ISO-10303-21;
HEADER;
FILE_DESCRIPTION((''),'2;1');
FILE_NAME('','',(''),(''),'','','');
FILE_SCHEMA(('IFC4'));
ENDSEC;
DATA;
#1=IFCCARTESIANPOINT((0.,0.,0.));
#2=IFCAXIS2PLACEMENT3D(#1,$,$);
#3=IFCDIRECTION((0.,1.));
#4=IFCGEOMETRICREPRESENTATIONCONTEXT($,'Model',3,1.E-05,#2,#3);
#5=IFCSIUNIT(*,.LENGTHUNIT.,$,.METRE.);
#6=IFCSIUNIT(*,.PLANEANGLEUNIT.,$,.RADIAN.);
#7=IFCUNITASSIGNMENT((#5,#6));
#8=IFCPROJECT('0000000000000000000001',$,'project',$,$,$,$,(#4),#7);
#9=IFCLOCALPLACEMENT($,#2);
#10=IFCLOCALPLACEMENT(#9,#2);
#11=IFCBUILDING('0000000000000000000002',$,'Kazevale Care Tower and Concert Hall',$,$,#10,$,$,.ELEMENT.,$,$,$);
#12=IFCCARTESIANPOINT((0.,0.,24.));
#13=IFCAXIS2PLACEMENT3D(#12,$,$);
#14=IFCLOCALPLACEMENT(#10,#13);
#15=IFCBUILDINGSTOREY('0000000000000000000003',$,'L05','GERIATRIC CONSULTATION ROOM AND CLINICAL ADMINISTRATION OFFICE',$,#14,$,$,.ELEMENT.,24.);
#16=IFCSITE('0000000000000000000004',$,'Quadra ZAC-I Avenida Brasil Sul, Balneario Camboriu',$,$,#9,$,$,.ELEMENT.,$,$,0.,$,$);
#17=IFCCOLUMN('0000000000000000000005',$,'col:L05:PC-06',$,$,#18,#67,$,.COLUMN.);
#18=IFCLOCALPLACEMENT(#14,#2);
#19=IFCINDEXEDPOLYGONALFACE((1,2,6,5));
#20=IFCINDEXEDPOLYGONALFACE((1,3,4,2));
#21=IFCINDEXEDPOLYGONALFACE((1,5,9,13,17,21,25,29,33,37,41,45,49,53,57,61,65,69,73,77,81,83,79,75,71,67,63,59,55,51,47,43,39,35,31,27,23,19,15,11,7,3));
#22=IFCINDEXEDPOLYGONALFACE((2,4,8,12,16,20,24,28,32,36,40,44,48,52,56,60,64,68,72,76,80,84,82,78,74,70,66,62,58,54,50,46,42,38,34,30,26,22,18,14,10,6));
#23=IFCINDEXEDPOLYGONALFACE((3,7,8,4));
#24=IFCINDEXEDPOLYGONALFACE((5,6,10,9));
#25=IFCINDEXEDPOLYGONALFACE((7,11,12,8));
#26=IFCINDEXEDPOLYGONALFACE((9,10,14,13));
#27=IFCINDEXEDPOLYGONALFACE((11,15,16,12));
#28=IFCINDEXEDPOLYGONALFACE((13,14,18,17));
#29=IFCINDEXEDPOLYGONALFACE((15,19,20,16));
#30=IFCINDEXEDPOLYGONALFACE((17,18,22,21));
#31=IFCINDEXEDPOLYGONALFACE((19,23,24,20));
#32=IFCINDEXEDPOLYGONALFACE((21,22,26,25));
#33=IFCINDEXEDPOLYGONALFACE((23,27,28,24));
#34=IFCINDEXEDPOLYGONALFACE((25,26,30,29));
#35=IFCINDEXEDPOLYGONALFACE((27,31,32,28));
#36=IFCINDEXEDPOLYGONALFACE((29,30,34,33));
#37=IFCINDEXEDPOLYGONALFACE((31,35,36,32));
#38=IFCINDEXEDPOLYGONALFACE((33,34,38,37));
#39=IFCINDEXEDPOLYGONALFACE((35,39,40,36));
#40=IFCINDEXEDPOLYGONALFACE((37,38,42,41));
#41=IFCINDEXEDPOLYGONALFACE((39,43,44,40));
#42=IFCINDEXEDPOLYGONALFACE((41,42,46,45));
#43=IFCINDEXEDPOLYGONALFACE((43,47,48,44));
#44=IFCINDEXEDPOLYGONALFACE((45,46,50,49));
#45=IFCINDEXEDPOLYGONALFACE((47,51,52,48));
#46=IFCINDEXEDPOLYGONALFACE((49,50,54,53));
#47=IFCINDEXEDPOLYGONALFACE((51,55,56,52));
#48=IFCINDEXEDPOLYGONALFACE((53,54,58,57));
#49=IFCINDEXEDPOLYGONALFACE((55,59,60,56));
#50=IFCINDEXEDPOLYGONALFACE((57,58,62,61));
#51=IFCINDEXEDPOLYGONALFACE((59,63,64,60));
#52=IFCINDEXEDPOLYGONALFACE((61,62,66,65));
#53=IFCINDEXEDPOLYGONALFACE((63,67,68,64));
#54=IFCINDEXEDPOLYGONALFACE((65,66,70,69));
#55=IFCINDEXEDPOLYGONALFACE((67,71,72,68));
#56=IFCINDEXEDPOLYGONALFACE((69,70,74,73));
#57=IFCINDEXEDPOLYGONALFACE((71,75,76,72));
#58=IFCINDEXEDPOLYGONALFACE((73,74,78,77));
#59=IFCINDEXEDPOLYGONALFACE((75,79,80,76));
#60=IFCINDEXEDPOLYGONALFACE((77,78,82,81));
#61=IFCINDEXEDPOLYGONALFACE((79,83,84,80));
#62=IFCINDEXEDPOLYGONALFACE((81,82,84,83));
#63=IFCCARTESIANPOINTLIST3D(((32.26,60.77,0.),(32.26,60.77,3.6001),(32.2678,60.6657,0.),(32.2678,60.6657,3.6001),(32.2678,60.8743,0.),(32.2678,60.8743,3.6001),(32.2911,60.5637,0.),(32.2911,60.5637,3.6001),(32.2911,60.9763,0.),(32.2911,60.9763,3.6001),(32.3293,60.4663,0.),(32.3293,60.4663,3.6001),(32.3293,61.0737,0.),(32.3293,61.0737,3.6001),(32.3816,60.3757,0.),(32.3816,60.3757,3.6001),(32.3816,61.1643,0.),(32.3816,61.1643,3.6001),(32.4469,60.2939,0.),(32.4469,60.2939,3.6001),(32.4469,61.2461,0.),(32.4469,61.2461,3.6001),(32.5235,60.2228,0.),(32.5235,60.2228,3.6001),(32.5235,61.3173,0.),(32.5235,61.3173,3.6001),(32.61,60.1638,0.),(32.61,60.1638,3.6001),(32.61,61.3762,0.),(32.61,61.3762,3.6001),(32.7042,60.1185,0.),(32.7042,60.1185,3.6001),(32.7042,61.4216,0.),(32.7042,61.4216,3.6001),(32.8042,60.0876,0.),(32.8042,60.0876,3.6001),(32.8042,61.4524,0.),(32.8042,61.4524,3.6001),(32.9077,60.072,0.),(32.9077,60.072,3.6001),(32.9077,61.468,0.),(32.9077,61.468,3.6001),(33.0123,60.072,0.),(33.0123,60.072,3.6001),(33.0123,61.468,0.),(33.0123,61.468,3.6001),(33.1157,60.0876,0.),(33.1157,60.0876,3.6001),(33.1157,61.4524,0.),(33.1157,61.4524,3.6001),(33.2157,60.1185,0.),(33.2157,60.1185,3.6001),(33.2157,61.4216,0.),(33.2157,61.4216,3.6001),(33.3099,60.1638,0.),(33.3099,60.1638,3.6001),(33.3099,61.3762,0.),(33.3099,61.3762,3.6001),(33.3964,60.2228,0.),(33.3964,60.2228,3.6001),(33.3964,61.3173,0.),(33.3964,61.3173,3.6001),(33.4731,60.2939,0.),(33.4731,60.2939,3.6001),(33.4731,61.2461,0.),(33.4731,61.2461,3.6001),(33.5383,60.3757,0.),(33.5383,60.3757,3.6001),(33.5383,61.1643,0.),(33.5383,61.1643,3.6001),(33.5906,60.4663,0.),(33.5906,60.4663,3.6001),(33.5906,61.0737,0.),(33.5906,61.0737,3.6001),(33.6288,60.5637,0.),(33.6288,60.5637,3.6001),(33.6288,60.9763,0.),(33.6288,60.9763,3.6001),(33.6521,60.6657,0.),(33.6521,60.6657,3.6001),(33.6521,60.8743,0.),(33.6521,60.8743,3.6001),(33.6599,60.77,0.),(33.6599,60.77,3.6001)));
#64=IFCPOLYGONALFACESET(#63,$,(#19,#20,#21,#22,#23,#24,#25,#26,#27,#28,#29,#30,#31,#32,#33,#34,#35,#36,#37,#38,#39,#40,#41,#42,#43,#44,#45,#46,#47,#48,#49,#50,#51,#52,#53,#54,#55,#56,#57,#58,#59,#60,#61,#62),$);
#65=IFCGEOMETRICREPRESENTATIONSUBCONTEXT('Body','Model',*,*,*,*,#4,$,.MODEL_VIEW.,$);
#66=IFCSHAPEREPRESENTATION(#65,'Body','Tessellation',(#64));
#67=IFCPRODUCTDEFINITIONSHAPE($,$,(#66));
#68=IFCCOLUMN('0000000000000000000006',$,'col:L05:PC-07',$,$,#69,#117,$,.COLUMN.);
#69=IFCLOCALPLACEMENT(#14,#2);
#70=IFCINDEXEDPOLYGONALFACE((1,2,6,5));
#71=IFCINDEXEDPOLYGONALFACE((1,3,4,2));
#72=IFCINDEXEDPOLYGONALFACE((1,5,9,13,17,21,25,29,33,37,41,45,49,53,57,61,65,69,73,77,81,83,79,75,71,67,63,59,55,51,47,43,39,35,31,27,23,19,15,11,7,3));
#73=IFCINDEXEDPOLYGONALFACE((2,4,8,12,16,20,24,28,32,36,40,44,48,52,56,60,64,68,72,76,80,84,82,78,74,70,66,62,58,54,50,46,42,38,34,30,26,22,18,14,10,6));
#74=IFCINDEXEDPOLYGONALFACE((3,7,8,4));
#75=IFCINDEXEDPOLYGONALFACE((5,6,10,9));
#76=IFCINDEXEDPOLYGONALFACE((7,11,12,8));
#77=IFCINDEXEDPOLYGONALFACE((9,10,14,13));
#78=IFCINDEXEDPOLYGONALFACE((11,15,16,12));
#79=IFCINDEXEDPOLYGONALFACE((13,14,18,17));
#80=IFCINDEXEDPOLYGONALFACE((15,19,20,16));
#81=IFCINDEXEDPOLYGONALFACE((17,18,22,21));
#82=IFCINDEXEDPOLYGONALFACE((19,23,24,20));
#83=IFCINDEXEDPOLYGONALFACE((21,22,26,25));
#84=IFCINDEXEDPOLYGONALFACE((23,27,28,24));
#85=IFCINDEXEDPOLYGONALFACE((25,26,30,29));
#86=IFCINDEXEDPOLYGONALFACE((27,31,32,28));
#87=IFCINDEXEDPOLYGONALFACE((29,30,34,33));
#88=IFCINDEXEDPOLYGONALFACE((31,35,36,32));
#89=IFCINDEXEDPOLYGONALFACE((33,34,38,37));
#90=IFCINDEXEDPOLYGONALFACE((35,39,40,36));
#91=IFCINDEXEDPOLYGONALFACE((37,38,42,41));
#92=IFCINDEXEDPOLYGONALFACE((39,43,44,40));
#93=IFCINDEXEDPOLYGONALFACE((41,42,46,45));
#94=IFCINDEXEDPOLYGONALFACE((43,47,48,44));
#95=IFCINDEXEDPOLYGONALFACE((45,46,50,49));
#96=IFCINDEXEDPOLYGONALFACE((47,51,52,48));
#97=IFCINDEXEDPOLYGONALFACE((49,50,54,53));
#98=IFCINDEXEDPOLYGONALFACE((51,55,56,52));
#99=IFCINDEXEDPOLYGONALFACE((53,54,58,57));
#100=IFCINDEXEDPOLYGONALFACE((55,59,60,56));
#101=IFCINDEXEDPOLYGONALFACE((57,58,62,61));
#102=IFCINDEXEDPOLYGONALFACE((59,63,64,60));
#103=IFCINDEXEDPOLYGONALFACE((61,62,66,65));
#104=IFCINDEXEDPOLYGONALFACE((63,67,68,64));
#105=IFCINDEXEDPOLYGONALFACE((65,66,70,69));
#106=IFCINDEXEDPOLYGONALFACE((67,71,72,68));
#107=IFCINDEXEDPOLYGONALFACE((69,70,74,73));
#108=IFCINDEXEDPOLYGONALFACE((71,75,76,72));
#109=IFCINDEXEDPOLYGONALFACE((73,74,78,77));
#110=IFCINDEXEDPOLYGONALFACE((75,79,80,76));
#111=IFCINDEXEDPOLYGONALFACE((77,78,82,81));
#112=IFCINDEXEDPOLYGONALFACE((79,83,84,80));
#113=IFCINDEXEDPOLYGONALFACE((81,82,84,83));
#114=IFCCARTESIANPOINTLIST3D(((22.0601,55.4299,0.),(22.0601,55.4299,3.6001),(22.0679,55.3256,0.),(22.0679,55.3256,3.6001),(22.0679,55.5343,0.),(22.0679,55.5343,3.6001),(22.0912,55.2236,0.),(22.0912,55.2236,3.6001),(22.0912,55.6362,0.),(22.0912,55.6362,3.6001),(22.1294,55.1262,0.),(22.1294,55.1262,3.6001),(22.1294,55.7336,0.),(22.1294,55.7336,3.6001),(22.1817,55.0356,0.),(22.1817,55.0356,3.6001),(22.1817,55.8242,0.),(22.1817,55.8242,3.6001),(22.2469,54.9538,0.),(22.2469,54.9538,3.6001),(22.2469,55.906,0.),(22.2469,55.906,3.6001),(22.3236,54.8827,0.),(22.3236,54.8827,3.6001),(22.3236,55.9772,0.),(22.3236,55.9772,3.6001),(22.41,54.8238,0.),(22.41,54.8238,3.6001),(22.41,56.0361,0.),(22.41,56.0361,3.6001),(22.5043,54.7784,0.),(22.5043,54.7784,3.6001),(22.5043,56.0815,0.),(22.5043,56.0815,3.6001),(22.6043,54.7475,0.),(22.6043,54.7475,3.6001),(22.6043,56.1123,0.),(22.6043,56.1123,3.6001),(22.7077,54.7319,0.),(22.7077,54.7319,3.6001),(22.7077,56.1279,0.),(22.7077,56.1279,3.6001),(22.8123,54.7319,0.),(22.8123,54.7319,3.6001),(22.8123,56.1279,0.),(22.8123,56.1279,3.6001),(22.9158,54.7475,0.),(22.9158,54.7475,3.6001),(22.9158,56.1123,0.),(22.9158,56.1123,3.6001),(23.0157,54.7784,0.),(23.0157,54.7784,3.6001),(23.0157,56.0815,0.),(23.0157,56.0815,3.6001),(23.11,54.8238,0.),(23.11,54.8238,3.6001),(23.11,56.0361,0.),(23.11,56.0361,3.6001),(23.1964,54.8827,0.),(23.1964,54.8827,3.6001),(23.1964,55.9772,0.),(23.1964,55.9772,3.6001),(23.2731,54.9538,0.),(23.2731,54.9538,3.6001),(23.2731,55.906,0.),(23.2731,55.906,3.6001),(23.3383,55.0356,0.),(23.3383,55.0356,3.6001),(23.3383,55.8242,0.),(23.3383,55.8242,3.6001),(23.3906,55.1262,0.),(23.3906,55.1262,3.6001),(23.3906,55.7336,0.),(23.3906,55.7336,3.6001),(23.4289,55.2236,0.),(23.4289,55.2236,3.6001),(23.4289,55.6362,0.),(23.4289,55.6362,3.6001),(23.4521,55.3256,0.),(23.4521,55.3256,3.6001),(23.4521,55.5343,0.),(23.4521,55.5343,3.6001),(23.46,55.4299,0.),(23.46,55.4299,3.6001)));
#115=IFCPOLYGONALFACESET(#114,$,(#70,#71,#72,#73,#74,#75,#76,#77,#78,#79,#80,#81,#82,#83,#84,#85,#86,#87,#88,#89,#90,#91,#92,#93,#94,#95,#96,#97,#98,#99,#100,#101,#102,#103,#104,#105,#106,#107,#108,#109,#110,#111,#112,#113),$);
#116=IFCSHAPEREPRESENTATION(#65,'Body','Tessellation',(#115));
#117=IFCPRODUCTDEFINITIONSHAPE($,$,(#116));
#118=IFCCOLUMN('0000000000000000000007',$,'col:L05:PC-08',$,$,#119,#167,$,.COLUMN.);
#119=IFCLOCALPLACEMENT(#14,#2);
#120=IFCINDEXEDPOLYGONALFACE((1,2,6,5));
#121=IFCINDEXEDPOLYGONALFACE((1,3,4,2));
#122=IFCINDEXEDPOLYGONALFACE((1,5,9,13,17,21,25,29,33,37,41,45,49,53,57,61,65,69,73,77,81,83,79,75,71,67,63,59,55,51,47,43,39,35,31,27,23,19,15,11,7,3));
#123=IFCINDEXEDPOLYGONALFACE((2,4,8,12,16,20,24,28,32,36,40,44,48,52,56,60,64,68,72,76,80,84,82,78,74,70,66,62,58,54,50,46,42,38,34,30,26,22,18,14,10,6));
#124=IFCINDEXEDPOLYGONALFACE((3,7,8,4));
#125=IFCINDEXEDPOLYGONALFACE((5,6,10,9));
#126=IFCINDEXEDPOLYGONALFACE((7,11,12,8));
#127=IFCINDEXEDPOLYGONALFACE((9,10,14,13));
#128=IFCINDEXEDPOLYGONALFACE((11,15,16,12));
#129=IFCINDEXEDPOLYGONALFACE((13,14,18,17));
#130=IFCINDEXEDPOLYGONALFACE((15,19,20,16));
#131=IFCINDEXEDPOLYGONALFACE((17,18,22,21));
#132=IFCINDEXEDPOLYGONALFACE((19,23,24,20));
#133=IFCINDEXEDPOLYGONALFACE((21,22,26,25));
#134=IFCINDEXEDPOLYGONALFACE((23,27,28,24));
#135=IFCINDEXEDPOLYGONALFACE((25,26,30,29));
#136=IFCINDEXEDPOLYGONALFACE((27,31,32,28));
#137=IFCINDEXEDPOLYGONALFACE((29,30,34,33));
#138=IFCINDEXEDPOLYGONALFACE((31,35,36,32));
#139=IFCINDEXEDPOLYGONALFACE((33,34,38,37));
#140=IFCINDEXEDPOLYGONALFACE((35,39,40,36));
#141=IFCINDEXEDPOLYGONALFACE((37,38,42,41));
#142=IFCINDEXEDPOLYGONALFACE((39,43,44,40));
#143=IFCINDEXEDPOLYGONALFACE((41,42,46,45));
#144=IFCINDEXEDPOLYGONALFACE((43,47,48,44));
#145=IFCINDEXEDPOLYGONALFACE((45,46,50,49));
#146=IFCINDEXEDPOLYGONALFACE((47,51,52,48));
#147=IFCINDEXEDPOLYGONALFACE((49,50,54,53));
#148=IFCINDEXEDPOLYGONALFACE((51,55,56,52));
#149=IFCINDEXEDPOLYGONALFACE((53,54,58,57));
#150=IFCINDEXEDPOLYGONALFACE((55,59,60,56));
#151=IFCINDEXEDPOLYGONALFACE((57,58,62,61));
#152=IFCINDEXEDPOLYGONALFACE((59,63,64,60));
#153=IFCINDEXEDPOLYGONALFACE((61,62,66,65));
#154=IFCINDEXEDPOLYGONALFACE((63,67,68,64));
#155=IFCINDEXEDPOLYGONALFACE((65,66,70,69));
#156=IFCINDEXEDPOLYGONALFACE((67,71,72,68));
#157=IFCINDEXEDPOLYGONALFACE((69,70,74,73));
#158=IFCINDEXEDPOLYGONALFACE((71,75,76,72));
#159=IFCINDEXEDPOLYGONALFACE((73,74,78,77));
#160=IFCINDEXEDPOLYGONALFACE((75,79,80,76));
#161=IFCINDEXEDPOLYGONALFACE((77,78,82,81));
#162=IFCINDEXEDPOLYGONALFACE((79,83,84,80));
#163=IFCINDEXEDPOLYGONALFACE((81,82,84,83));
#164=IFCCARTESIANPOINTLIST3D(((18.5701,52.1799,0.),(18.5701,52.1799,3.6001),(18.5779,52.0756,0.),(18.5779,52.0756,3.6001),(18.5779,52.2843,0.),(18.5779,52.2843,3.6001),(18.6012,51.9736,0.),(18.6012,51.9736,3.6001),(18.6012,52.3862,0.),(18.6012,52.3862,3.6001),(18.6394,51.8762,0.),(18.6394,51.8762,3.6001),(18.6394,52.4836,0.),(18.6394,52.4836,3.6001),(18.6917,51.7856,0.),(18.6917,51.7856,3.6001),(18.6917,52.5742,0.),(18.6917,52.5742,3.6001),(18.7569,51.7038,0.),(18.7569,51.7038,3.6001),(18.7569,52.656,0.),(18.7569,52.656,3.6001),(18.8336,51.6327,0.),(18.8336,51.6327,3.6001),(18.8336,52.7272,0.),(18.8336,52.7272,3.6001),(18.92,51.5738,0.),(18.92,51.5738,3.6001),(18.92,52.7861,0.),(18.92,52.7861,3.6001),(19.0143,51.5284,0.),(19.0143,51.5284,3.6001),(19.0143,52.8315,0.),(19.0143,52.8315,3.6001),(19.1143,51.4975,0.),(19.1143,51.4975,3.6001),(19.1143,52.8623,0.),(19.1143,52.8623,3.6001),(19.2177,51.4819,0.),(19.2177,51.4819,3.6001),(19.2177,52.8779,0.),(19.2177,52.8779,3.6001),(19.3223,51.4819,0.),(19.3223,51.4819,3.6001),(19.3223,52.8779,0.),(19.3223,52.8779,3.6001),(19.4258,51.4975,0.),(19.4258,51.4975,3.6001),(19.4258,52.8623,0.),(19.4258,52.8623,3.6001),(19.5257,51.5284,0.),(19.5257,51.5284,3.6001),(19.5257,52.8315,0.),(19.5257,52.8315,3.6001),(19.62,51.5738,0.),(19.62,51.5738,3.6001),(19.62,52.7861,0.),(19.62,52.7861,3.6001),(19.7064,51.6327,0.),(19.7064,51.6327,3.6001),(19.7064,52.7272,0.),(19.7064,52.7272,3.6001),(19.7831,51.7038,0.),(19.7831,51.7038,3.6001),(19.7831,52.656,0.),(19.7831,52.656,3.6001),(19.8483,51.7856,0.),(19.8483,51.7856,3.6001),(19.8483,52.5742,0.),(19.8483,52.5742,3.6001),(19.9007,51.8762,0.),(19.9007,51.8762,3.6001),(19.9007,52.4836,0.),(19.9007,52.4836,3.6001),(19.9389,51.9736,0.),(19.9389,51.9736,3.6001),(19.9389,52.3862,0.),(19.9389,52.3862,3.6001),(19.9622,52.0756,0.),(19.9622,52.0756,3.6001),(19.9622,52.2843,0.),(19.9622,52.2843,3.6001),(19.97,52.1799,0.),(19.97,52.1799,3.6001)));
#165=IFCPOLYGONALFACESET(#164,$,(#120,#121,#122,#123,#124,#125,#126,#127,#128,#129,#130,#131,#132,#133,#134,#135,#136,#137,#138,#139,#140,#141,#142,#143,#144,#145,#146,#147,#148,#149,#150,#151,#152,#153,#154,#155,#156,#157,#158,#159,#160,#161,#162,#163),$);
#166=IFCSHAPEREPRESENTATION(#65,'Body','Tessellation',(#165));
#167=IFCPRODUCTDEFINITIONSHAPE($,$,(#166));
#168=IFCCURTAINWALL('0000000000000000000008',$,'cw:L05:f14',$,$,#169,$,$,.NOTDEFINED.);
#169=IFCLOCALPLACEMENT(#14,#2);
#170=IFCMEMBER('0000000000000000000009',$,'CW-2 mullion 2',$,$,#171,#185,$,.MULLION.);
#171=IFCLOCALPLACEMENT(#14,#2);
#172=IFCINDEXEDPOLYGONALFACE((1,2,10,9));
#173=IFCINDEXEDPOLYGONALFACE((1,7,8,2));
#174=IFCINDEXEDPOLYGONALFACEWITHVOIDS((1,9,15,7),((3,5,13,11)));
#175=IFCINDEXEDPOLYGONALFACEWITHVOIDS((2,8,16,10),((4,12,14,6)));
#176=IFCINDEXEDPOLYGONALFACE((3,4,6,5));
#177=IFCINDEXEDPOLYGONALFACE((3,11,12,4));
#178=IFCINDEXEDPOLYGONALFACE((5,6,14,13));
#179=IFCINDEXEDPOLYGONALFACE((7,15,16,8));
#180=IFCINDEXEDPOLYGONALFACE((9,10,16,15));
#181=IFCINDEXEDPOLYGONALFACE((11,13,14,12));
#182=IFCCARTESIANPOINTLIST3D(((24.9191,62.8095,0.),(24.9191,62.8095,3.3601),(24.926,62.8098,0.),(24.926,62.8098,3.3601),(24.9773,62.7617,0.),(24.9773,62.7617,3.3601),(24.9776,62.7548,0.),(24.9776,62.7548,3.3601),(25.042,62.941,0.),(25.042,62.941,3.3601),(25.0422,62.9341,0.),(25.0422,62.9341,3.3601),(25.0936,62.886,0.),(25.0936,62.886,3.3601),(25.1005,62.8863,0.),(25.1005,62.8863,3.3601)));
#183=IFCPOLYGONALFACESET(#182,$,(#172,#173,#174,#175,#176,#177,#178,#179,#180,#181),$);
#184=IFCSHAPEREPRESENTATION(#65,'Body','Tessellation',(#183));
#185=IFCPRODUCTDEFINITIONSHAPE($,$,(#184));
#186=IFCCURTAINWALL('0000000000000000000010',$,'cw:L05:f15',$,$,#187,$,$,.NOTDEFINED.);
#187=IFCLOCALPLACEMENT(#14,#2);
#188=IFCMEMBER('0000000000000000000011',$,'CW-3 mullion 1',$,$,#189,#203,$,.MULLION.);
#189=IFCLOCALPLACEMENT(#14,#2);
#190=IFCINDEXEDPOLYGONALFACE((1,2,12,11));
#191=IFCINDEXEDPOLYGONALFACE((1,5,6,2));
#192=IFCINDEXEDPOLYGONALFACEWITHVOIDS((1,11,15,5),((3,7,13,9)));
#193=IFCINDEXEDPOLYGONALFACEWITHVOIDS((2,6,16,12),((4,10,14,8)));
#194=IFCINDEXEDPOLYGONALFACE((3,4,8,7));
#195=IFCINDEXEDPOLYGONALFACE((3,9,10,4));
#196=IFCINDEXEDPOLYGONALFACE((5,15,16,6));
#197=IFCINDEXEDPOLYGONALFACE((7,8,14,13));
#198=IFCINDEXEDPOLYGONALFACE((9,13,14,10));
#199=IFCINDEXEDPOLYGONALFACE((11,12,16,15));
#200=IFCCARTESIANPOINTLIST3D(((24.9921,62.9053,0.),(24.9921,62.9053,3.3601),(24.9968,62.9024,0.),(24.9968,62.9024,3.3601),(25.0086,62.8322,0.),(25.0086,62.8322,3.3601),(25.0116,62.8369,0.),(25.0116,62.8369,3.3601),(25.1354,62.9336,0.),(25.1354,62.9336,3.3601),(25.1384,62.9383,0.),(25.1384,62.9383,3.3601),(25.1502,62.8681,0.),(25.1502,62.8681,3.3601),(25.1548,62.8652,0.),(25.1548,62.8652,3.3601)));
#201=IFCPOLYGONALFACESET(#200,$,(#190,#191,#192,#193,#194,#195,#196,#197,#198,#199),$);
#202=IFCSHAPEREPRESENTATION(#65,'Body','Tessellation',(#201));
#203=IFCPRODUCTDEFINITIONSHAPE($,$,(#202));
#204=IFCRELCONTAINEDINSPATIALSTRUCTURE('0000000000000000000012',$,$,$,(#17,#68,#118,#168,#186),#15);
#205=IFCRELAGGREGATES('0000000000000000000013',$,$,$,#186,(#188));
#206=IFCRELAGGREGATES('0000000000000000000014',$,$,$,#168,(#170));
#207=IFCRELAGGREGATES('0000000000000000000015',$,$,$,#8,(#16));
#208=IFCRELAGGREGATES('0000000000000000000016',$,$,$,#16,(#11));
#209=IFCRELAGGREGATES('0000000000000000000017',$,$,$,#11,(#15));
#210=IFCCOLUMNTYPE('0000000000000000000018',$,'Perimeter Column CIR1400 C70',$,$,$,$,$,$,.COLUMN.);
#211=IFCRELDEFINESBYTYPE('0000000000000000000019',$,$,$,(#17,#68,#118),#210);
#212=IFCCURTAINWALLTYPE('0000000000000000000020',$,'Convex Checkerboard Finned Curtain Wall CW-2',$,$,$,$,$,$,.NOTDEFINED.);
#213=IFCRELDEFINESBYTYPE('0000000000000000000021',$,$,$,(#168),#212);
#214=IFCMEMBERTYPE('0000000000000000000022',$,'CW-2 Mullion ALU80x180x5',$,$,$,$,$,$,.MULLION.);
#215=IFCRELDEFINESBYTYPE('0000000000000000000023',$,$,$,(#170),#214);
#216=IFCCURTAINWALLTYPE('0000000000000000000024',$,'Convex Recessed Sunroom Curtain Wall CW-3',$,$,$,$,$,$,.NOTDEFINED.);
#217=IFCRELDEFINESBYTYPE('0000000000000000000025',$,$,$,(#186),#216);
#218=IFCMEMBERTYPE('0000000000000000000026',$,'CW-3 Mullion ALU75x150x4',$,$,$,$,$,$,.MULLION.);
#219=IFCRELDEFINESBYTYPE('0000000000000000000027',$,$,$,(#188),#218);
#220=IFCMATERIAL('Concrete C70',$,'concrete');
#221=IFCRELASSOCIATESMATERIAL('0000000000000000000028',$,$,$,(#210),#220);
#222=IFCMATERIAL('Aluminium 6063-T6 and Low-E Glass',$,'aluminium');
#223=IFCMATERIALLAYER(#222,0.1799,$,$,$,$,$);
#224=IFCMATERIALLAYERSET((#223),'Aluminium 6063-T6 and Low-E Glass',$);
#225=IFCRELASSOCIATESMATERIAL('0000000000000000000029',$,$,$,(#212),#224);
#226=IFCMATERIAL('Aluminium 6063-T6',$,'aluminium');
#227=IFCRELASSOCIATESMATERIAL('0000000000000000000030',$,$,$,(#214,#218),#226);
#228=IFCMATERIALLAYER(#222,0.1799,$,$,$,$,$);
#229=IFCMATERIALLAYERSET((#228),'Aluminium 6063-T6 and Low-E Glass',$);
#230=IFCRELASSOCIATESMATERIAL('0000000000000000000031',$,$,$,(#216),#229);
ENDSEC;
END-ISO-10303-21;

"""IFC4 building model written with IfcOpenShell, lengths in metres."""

from ifc_helpers import new_model, si_unit, direction, frame, origin, origin_2d, place, context, subcontext, project, spatial, hollow_rectangle, circle, extrude, material, layer, layer_set, material_profile, profile_set, type_object, element, aggregate, save


model = new_model("IFC4")

# Units and contexts
model_context = context("Model", 3, precision=1e-05, world=origin(), true_north=direction((0.0, 1.0)))
body_context = subcontext(model_context, "Body", "Model", "MODEL_VIEW")
ifc_project = project(units=[si_unit("LENGTHUNIT", "METRE"), si_unit("PLANEANGLEUNIT", "RADIAN")], contexts=[model_context])

# Site, building, storey
site_placement = place(None, origin())
site = spatial("IfcSite", under=ifc_project, at=site_placement, Name="Quadra ZAC-I Avenida Brasil Sul, Balneario Camboriu", CompositionType="ELEMENT", RefElevation=0.0)
building_placement = place(site_placement, origin())
building = spatial("IfcBuilding", under=site, at=building_placement, Name="Kazevale Care Tower and Concert Hall", CompositionType="ELEMENT")
storey_placement = place(building_placement, frame((0.0, 0.0, 24.0)))
storey = spatial("IfcBuildingStorey", under=building, at=storey_placement, Name="L05", Description="GERIATRIC CONSULTATION ROOM AND CLINICAL ADMINISTRATION OFFICE", CompositionType="ELEMENT", Elevation=24.0)

# Columns
ifc_material_1 = material(Name="Concrete C70", Category="concrete")
ifc_material_profile_1 = material_profile(ifc_material_1, circle(Radius=0.7, at=origin_2d()), Name="RC-CIR1400")
ifc_profile_set_1 = profile_set([ifc_material_profile_1], Name="Concrete C70")
column_type = type_object("IfcColumnType", Name="Perimeter Column CIR1400 C70", PredefinedType="COLUMN", material=ifc_profile_set_1)
for number, where, z_axis, x_axis, name in (
    (1, (32.96, 60.77, 0.0), (0.0, 0.0, 1.0), (1.0, 0.0, 0.0), "col:L05:PC-06"),
    (2, (22.76, 55.4299, 0.0), (0.0, 0.0, 1.0), (1.0, 0.0, 0.0), "col:L05:PC-07"),
    (3, (19.27, 52.1799, 0.0), (0.0, 0.0, 1.0), (1.0, 0.0, 0.0), "col:L05:PC-08"),
):
    element("IfcColumn", number, at=place(storey_placement, frame(where, z_axis=z_axis, x_axis=x_axis)), inside=storey, type_object=column_type, Name=name, PredefinedType="COLUMN", context=body_context, shape_type="SweptSolid", body=[
        extrude(circle(Radius=0.7, at=origin_2d()), origin(), (0.0, 0.0, 1.0), 3.6001),
    ])

# Curtain wall, member
ifc_material_2 = material(Name="Aluminium 6063-T6 and Low-E Glass", Category="aluminium")
ifc_layer_1 = layer(ifc_material_2, 0.1799)
ifc_layer_set_1 = layer_set([ifc_layer_1], Name="Aluminium 6063-T6 and Low-E Glass")
curtain_wall_type_1 = type_object("IfcCurtainWallType", Name="Convex Checkerboard Finned Curtain Wall CW-2", PredefinedType="NOTDEFINED", material=ifc_layer_set_1)
curtain_wall_1_placement = place(storey_placement, origin())
curtain_wall_1 = element("IfcCurtainWall", 4, at=curtain_wall_1_placement, inside=storey, type_object=curtain_wall_type_1, Name="cw:L05:f14", PredefinedType="NOTDEFINED")
ifc_material_3 = material(Name="Aluminium 6063-T6", Category="aluminium")
ifc_material_profile_2 = material_profile(ifc_material_3, hollow_rectangle(XDim=0.0801, YDim=0.1799, WallThickness=0.0049, at=origin_2d()), Name="ALU80x180x5")
ifc_profile_set_2 = profile_set([ifc_material_profile_2], Name="Aluminium 6063-T6")
member_type_1 = type_object("IfcMemberType", Name="CW-2 Mullion ALU80x180x5", PredefinedType="MULLION", material=ifc_profile_set_2)
member_1_placement = place(storey_placement, frame((25.0098, 62.8479, 0.0), z_axis=(0.0, 0.0, 1.0), x_axis=(-0.730363, 0.683059, 0.0)))
member_1 = element("IfcMember", 5, at=member_1_placement, type_object=member_type_1, Name="CW-2 mullion 2", PredefinedType="MULLION", context=body_context, shape_type="SweptSolid", body=[
    extrude(hollow_rectangle(XDim=0.0801, YDim=0.1799, WallThickness=0.0049, at=origin_2d()), origin(), (0.0, 0.0, 1.0), 3.3601),
])

# Curtain wall, member
ifc_layer_2 = layer(ifc_material_2, 0.1799)
ifc_layer_set_2 = layer_set([ifc_layer_2], Name="Aluminium 6063-T6 and Low-E Glass")
curtain_wall_type_2 = type_object("IfcCurtainWallType", Name="Convex Recessed Sunroom Curtain Wall CW-3", PredefinedType="NOTDEFINED", material=ifc_layer_set_2)
curtain_wall_2_placement = place(storey_placement, origin())
curtain_wall_2 = element("IfcCurtainWall", 6, at=curtain_wall_2_placement, inside=storey, type_object=curtain_wall_type_2, Name="cw:L05:f15", PredefinedType="NOTDEFINED")
ifc_material_profile_3 = material_profile(ifc_material_3, hollow_rectangle(XDim=0.075, YDim=0.1499, WallThickness=0.0039, at=origin_2d()), Name="ALU75x150x4")
ifc_profile_set_3 = profile_set([ifc_material_profile_3], Name="Aluminium 6063-T6")
member_type_2 = type_object("IfcMemberType", Name="CW-3 Mullion ALU75x150x4", PredefinedType="MULLION", material=ifc_profile_set_3)
member_2_placement = place(storey_placement, frame((25.0735, 62.8853, 0.0), z_axis=(0.0, 0.0, 1.0), x_axis=(-0.219911, 0.97552, 0.0)))
member_2 = element("IfcMember", 7, at=member_2_placement, type_object=member_type_2, Name="CW-3 mullion 1", PredefinedType="MULLION", context=body_context, shape_type="SweptSolid", body=[
    extrude(hollow_rectangle(XDim=0.075, YDim=0.1499, WallThickness=0.0039, at=origin_2d()), origin(), (0.0, 0.0, 1.0), 3.3601),
])
aggregate(curtain_wall_2, [member_2])

aggregate(curtain_wall_1, [member_1])

save(model, "model.ifc")
